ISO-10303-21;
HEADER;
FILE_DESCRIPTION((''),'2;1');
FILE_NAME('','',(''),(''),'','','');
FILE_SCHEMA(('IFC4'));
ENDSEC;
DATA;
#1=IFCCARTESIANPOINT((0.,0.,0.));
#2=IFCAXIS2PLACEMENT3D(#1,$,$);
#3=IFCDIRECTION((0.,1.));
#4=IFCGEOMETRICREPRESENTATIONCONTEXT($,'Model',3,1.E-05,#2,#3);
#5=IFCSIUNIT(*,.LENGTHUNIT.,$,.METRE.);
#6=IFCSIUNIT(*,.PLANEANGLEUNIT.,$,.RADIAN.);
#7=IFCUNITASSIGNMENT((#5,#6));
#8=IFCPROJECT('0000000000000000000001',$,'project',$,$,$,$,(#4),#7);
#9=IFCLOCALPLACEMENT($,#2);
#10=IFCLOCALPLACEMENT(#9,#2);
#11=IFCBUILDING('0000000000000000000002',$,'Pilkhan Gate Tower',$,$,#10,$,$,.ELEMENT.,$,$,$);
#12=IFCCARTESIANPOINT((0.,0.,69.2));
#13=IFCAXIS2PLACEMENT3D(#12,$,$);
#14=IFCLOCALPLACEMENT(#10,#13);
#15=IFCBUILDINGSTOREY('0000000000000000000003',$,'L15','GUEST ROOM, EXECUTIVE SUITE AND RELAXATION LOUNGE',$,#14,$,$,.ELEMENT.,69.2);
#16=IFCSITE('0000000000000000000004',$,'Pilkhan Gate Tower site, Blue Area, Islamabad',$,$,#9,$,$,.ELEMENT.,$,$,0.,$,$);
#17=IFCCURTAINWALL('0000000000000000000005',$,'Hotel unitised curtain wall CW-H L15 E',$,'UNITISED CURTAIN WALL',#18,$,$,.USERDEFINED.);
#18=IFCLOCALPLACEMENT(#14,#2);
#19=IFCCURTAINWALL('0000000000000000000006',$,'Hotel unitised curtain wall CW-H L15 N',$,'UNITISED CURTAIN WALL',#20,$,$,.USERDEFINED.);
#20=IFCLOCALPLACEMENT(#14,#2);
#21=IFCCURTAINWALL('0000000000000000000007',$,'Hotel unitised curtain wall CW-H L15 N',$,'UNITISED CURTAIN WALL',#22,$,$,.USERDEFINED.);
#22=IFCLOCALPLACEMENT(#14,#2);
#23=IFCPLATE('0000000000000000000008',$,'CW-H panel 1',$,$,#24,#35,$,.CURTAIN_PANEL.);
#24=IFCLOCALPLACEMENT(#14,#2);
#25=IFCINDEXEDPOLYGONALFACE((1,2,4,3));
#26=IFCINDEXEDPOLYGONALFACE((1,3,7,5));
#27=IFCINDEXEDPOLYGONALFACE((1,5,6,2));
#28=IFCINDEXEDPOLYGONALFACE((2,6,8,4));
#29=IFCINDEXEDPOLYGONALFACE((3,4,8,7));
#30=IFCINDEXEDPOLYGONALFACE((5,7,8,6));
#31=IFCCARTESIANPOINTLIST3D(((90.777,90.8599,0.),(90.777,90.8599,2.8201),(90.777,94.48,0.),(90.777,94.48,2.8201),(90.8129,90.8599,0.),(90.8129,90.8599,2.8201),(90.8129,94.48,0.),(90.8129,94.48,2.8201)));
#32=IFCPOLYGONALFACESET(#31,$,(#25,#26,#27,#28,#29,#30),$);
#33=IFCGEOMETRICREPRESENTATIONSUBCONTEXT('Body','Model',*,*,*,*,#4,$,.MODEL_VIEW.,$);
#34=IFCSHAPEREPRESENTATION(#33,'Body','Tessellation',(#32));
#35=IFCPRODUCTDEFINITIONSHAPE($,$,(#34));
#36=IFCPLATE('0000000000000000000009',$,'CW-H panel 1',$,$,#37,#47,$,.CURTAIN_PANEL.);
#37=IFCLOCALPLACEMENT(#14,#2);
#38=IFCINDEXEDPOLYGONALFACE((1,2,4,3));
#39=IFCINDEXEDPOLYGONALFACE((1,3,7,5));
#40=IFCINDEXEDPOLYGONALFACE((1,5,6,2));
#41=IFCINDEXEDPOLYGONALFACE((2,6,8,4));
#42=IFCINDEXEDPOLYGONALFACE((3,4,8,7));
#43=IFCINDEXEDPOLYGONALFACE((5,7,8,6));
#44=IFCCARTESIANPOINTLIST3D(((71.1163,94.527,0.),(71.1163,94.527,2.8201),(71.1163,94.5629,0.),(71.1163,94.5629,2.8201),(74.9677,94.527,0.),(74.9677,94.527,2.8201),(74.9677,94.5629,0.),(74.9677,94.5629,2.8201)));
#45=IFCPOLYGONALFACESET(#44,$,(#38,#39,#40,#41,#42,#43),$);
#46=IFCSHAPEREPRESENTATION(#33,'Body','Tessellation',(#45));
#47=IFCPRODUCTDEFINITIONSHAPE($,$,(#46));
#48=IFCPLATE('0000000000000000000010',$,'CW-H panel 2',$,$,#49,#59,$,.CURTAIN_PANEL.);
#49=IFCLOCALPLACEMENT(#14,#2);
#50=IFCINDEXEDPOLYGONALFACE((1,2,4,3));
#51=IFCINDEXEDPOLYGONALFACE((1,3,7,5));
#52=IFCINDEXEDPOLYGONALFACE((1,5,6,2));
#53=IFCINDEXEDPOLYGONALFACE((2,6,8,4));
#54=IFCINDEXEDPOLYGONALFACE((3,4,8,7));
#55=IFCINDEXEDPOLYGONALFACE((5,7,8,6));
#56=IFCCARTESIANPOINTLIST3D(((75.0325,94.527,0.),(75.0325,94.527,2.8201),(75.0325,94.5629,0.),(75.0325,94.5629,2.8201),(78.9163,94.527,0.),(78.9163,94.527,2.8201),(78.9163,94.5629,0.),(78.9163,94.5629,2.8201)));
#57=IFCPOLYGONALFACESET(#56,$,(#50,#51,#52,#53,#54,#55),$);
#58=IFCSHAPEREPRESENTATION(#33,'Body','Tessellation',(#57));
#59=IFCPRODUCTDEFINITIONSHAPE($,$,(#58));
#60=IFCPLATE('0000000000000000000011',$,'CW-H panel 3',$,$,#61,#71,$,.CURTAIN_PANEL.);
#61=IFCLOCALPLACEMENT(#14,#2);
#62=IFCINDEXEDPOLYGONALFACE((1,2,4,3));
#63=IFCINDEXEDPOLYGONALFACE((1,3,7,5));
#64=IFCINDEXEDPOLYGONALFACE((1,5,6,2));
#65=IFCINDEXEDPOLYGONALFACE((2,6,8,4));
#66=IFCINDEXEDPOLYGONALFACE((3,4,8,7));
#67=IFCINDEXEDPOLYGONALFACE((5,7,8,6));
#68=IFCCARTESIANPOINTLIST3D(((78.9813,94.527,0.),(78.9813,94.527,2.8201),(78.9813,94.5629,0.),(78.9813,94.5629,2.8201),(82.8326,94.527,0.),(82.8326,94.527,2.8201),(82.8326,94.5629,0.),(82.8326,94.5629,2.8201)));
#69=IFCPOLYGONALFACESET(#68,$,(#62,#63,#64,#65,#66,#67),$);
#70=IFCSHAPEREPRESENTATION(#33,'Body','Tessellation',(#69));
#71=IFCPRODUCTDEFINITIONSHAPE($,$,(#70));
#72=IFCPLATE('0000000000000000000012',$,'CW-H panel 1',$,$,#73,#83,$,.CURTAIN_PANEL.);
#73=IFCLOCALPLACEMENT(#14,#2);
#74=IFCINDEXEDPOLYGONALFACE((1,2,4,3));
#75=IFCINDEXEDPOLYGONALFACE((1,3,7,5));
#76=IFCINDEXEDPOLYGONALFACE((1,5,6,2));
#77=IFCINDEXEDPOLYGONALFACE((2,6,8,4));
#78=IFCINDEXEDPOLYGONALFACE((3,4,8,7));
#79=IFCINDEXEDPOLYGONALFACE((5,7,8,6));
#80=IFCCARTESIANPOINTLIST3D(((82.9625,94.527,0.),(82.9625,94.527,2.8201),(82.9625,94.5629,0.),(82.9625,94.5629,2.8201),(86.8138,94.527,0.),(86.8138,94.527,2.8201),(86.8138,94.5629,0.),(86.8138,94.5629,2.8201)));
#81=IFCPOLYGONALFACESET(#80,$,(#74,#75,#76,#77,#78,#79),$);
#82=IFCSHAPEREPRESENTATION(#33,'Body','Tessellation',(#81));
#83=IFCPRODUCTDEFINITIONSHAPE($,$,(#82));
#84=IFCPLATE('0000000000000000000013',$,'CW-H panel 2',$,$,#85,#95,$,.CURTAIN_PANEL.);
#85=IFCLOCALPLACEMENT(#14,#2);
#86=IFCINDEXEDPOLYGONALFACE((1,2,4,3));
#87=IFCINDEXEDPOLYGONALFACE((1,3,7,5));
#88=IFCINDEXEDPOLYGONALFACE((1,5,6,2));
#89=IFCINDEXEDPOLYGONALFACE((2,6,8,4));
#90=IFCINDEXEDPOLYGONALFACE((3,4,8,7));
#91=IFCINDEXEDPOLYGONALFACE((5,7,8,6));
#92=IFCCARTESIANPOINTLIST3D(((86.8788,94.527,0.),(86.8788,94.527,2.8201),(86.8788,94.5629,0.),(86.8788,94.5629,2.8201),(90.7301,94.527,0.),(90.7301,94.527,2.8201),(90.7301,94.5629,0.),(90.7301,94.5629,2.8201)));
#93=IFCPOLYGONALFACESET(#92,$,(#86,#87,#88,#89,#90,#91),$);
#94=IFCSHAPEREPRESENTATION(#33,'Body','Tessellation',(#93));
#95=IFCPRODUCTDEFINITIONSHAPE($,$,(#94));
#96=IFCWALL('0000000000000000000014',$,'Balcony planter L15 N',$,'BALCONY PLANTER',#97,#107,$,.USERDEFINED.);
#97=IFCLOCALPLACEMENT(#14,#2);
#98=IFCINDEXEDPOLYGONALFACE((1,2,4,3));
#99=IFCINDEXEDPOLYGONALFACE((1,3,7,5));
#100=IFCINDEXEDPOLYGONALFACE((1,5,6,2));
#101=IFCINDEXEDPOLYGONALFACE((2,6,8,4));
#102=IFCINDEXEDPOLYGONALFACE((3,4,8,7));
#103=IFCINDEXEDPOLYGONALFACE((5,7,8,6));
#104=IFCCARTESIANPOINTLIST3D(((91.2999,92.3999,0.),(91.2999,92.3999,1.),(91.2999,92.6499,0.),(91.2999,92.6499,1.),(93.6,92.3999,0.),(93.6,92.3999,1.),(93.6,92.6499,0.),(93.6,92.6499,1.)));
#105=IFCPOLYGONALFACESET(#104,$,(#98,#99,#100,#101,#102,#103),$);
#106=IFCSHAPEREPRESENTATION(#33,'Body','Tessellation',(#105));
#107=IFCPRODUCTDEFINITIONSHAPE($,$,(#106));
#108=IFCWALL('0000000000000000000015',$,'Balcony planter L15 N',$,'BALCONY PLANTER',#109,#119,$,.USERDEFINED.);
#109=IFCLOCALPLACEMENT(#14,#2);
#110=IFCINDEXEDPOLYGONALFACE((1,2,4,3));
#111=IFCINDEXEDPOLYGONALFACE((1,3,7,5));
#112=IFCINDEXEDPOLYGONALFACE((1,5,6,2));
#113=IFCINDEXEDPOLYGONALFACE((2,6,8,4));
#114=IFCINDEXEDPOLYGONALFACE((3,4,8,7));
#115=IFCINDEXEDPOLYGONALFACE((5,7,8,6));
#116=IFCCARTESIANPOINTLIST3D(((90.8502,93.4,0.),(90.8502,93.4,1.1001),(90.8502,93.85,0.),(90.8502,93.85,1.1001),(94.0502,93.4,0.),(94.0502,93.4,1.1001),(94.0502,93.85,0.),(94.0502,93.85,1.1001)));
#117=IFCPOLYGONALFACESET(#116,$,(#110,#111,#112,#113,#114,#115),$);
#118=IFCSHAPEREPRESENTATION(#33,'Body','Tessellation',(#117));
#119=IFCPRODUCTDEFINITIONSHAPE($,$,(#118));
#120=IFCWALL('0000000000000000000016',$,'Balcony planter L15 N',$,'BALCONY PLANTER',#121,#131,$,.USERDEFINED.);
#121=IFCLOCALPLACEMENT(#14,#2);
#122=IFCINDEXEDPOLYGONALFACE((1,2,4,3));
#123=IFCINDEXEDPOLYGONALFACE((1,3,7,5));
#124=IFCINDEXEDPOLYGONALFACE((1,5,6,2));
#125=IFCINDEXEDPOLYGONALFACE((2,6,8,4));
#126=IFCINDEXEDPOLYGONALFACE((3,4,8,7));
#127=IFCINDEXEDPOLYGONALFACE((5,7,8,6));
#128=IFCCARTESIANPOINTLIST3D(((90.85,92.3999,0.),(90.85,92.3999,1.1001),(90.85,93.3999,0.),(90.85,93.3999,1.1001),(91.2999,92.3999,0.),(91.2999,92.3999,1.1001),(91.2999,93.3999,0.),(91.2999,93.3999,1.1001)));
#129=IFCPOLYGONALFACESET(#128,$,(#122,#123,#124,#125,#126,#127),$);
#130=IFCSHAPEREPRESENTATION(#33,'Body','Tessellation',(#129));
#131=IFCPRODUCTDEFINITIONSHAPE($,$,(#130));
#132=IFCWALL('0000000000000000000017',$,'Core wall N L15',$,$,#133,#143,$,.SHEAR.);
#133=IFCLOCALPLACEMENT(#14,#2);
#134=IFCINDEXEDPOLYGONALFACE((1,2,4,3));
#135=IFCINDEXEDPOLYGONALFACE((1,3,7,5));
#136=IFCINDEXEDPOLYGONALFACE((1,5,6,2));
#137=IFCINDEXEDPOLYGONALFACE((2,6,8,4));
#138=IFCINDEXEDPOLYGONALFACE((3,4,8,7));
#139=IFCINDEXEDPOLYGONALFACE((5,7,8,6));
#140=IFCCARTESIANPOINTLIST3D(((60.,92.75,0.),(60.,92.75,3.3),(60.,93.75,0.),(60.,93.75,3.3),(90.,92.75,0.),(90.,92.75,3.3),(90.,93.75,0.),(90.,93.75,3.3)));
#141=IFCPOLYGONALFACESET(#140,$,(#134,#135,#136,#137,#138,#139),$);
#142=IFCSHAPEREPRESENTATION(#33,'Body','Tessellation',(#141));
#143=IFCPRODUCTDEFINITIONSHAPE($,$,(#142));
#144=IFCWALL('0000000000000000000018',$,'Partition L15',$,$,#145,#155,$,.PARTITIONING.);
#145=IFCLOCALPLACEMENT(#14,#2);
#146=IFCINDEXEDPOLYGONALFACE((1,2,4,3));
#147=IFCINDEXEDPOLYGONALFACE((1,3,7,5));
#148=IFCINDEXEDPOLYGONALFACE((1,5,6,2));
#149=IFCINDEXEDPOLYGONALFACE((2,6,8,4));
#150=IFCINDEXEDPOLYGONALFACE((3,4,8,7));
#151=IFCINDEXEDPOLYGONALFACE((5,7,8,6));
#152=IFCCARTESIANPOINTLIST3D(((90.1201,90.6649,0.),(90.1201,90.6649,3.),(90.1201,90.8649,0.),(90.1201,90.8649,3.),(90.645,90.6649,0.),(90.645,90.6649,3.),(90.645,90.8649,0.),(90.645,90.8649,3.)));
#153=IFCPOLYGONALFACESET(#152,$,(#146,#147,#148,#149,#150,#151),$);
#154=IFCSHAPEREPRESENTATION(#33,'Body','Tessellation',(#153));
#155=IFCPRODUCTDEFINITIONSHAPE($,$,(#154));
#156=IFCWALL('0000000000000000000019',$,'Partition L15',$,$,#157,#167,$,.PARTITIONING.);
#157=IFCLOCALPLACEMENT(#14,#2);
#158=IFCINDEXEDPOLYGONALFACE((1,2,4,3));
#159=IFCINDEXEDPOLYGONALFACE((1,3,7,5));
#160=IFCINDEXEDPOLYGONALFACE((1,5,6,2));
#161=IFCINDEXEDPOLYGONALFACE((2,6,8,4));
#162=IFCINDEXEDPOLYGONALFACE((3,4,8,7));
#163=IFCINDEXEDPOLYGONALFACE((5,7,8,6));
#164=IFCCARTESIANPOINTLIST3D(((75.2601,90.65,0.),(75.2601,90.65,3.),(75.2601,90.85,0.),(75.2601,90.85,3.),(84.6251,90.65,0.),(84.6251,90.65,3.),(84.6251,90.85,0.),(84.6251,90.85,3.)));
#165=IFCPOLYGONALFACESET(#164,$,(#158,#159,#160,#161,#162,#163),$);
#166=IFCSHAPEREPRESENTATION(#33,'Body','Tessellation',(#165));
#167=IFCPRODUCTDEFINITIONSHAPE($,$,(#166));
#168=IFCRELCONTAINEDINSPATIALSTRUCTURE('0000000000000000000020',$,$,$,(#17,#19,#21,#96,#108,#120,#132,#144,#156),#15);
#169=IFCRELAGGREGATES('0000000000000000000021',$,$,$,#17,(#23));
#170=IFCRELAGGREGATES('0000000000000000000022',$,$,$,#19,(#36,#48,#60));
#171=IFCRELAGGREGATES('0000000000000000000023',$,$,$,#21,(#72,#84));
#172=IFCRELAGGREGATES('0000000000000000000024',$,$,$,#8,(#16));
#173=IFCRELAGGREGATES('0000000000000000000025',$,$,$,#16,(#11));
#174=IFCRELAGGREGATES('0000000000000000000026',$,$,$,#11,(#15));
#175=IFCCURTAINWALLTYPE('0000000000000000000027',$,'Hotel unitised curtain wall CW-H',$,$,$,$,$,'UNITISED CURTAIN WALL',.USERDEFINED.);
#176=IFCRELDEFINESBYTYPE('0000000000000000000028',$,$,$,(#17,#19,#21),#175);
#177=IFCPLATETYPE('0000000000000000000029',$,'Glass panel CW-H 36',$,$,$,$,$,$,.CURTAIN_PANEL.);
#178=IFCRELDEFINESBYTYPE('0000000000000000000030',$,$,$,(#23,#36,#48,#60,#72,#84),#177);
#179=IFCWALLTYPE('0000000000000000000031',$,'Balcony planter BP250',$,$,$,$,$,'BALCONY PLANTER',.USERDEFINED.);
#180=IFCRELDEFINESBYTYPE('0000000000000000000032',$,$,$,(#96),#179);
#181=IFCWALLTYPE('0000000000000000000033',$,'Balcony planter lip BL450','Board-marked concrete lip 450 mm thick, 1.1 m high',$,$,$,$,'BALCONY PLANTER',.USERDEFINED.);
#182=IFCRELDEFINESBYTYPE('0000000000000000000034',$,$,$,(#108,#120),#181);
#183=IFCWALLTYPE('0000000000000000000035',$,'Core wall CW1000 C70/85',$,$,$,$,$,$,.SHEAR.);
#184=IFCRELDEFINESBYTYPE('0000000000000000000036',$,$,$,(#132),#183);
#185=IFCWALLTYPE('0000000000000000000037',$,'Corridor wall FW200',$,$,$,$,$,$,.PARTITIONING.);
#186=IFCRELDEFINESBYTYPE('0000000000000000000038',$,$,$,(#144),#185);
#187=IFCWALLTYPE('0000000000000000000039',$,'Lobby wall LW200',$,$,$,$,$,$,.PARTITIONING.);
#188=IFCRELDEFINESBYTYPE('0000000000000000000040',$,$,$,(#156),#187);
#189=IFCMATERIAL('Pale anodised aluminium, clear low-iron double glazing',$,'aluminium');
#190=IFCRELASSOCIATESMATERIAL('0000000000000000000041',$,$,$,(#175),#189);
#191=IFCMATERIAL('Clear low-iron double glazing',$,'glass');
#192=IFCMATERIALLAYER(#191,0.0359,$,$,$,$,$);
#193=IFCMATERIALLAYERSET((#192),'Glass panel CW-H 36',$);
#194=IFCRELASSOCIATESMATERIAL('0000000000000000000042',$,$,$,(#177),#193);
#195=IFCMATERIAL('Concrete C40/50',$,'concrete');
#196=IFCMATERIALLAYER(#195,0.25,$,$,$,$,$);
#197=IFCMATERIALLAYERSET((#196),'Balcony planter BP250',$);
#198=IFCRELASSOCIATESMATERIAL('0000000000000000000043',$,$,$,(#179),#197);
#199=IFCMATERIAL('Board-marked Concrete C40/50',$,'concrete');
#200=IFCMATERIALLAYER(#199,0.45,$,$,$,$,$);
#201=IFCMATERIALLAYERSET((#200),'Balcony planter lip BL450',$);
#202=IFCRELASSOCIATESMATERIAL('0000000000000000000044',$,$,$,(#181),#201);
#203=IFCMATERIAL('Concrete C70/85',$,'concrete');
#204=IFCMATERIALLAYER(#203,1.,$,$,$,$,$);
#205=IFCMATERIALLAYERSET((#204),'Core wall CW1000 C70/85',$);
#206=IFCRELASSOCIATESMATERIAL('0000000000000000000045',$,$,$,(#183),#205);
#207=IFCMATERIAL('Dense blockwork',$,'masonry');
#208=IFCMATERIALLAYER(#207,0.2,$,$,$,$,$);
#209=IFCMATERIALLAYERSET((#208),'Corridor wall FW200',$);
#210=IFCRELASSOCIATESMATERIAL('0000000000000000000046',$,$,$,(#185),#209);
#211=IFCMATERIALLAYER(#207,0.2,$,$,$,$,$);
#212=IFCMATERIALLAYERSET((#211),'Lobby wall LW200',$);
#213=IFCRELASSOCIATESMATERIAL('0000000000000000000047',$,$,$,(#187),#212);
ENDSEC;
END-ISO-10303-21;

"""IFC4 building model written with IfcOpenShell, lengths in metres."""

from ifc_helpers import new_model, si_unit, direction, frame, frame_2d, origin, origin_2d, place, context, subcontext, project, spatial, rectangle, extrude, material, layer, layer_set, type_object, element, aggregate, save


model = new_model("IFC4")

# Units and contexts
model_context = context("Model", 3, precision=1e-05, world=origin(), true_north=direction((0.0, 1.0)))
body_context = subcontext(model_context, "Body", "Model", "MODEL_VIEW")
ifc_project = project(units=[si_unit("LENGTHUNIT", "METRE"), si_unit("PLANEANGLEUNIT", "RADIAN")], contexts=[model_context])

# Site, building, storey
site_placement = place(None, origin())
site = spatial("IfcSite", under=ifc_project, at=site_placement, Name="Pilkhan Gate Tower site, Blue Area, Islamabad", CompositionType="ELEMENT", RefElevation=0.0)
building_placement = place(site_placement, origin())
building = spatial("IfcBuilding", under=site, at=building_placement, Name="Pilkhan Gate Tower", CompositionType="ELEMENT")
storey_placement = place(building_placement, frame((0.0, 0.0, 69.2)))
storey = spatial("IfcBuildingStorey", under=building, at=storey_placement, Name="L15", Description="GUEST ROOM, EXECUTIVE SUITE AND RELAXATION LOUNGE", CompositionType="ELEMENT", Elevation=69.2)

# Curtain walls
ifc_material_1 = material(Name="Pale anodised aluminium, clear low-iron double glazing", Category="aluminium")
curtain_wall_type = type_object("IfcCurtainWallType", Name="Hotel unitised curtain wall CW-H", ElementType="UNITISED CURTAIN WALL", PredefinedType="USERDEFINED", material=ifc_material_1)
curtain_wall_1_placement = place(storey_placement, origin())
curtain_wall_1 = element("IfcCurtainWall", 1, at=curtain_wall_1_placement, inside=storey, type_object=curtain_wall_type, Name="Hotel unitised curtain wall CW-H L15 E", ObjectType="UNITISED CURTAIN WALL", PredefinedType="USERDEFINED")
curtain_wall_2_placement = place(storey_placement, origin())
curtain_wall_2 = element("IfcCurtainWall", 2, at=curtain_wall_2_placement, inside=storey, type_object=curtain_wall_type, Name="Hotel unitised curtain wall CW-H L15 N", ObjectType="UNITISED CURTAIN WALL", PredefinedType="USERDEFINED")
curtain_wall_3_placement = place(storey_placement, origin())
curtain_wall_3 = element("IfcCurtainWall", 3, at=curtain_wall_3_placement, inside=storey, type_object=curtain_wall_type, Name="Hotel unitised curtain wall CW-H L15 N", ObjectType="UNITISED CURTAIN WALL", PredefinedType="USERDEFINED")

# Plates
ifc_material_2 = material(Name="Clear low-iron double glazing", Category="glass")
ifc_layer_1 = layer(ifc_material_2, 0.0359)
ifc_layer_set_1 = layer_set([ifc_layer_1], Name="Glass panel CW-H 36")
plate_type = type_object("IfcPlateType", Name="Glass panel CW-H 36", PredefinedType="CURTAIN_PANEL", material=ifc_layer_set_1)
plate_1_placement = place(storey_placement, frame((90.7949, 92.6699, 0.0), z_axis=(0.0, 0.0, 1.0), x_axis=(0.0, 1.0, 0.0)))
plate_1 = element("IfcPlate", 4, at=plate_1_placement, type_object=plate_type, Name="CW-H panel 1", PredefinedType="CURTAIN_PANEL", context=body_context, shape_type="SweptSolid", body=[
    extrude(rectangle(XDim=3.6201, YDim=0.0359, at=origin_2d()), origin(), (0.0, 0.0, 1.0), 2.8201),
])
aggregate(curtain_wall_1, [plate_1])
plate_2_placement = place(storey_placement, frame((73.042, 94.5449, 0.0), z_axis=(0.0, 0.0, 1.0), x_axis=(1.0, 0.0, 0.0)))
plate_2 = element("IfcPlate", 5, at=plate_2_placement, type_object=plate_type, Name="CW-H panel 1", PredefinedType="CURTAIN_PANEL", context=body_context, shape_type="SweptSolid", body=[
    extrude(rectangle(XDim=3.8513, YDim=0.0359, at=origin_2d()), origin(), (0.0, 0.0, 1.0), 2.8201),
])
plate_3_placement = place(storey_placement, frame((76.9744, 94.5449, 0.0), z_axis=(0.0, 0.0, 1.0), x_axis=(1.0, 0.0, 0.0)))
plate_3 = element("IfcPlate", 6, at=plate_3_placement, type_object=plate_type, Name="CW-H panel 2", PredefinedType="CURTAIN_PANEL", context=body_context, shape_type="SweptSolid", body=[
    extrude(rectangle(XDim=3.8838, YDim=0.0359, at=origin_2d()), origin(), (0.0, 0.0, 1.0), 2.8201),
])
plate_4_placement = place(storey_placement, frame((80.907, 94.5449, 0.0), z_axis=(0.0, 0.0, 1.0), x_axis=(1.0, 0.0, 0.0)))
plate_4 = element("IfcPlate", 7, at=plate_4_placement, type_object=plate_type, Name="CW-H panel 3", PredefinedType="CURTAIN_PANEL", context=body_context, shape_type="SweptSolid", body=[
    extrude(rectangle(XDim=3.8513, YDim=0.0359, at=origin_2d()), origin(), (0.0, 0.0, 1.0), 2.8201),
])
aggregate(curtain_wall_2, [plate_2, plate_3, plate_4])
plate_5_placement = place(storey_placement, frame((84.8882, 94.5449, 0.0), z_axis=(0.0, 0.0, 1.0), x_axis=(1.0, 0.0, 0.0)))
plate_5 = element("IfcPlate", 8, at=plate_5_placement, type_object=plate_type, Name="CW-H panel 1", PredefinedType="CURTAIN_PANEL", context=body_context, shape_type="SweptSolid", body=[
    extrude(rectangle(XDim=3.8513, YDim=0.0359, at=origin_2d()), origin(), (0.0, 0.0, 1.0), 2.8201),
])
plate_6_placement = place(storey_placement, frame((88.8044, 94.5449, 0.0), z_axis=(0.0, 0.0, 1.0), x_axis=(1.0, 0.0, 0.0)))
plate_6 = element("IfcPlate", 9, at=plate_6_placement, type_object=plate_type, Name="CW-H panel 2", PredefinedType="CURTAIN_PANEL", context=body_context, shape_type="SweptSolid", body=[
    extrude(rectangle(XDim=3.8513, YDim=0.0359, at=origin_2d()), origin(), (0.0, 0.0, 1.0), 2.8201),
])
aggregate(curtain_wall_3, [plate_5, plate_6])

# Walls
ifc_material_3 = material(Name="Concrete C40/50", Category="concrete")
ifc_layer_2 = layer(ifc_material_3, 0.25)
ifc_layer_set_2 = layer_set([ifc_layer_2], Name="Balcony planter BP250")
wall_type_1 = type_object("IfcWallType", Name="Balcony planter BP250", ElementType="BALCONY PLANTER", PredefinedType="USERDEFINED", material=ifc_layer_set_2)
wall_1_placement = place(storey_placement, frame((91.3, 92.5249, 0.0), z_axis=(0.0, 0.0, 1.0), x_axis=(1.0, 0.0, 0.0)))
element("IfcWall", 10, at=wall_1_placement, inside=storey, type_object=wall_type_1, Name="Balcony planter L15 N", ObjectType="BALCONY PLANTER", PredefinedType="USERDEFINED", context=body_context, shape_type="SweptSolid", body=[
    extrude(rectangle(XDim=2.3, YDim=0.25, at=frame_2d((1.1499, 0.0))), origin(), (0.0, 0.0, 1.0), 1.0),
])
ifc_material_4 = material(Name="Board-marked Concrete C40/50", Category="concrete")
ifc_layer_3 = layer(ifc_material_4, 0.45)
ifc_layer_set_3 = layer_set([ifc_layer_3], Name="Balcony planter lip BL450")
wall_type_2 = type_object("IfcWallType", Name="Balcony planter lip BL450", Description="Board-marked concrete lip 450 mm thick, 1.1 m high", ElementType="BALCONY PLANTER", PredefinedType="USERDEFINED", material=ifc_layer_set_3)
wall_2_placement = place(storey_placement, frame((90.8501, 93.625, 0.0), z_axis=(0.0, 0.0, 1.0), x_axis=(1.0, 0.0, 0.0)))
element("IfcWall", 11, at=wall_2_placement, inside=storey, type_object=wall_type_2, Name="Balcony planter L15 N", ObjectType="BALCONY PLANTER", PredefinedType="USERDEFINED", context=body_context, shape_type="SweptSolid", body=[
    extrude(rectangle(XDim=3.2, YDim=0.45, at=frame_2d((1.6001, 0.0))), origin(), (0.0, 0.0, 1.0), 1.1001),
])
wall_3_placement = place(storey_placement, frame((91.075, 92.3999, 0.0), z_axis=(0.0, 0.0, 1.0), x_axis=(0.0, 1.0, 0.0)))
element("IfcWall", 12, at=wall_3_placement, inside=storey, type_object=wall_type_2, Name="Balcony planter L15 N", ObjectType="BALCONY PLANTER", PredefinedType="USERDEFINED", context=body_context, shape_type="SweptSolid", body=[
    extrude(rectangle(XDim=1.0, YDim=0.45, at=frame_2d((0.5, 0.0))), origin(), (0.0, 0.0, 1.0), 1.1001),
])
ifc_material_5 = material(Name="Concrete C70/85", Category="concrete")
ifc_layer_4 = layer(ifc_material_5, 1.0)
ifc_layer_set_4 = layer_set([ifc_layer_4], Name="Core wall CW1000 C70/85")
wall_type_3 = type_object("IfcWallType", Name="Core wall CW1000 C70/85", PredefinedType="SHEAR", material=ifc_layer_set_4)
wall_4_placement = place(storey_placement, frame((90.0, 93.25, 0.0), z_axis=(0.0, 0.0, 1.0), x_axis=(-1.0, 0.0, 0.0)))
element("IfcWall", 13, at=wall_4_placement, inside=storey, type_object=wall_type_3, Name="Core wall N L15", PredefinedType="SHEAR", context=body_context, shape_type="SweptSolid", body=[
    extrude(rectangle(XDim=30.0, YDim=1.0, at=frame_2d((15.0, 0.0))), origin(), (0.0, 0.0, 1.0), 3.3),
])
ifc_material_6 = material(Name="Dense blockwork", Category="masonry")
ifc_layer_5 = layer(ifc_material_6, 0.2)
ifc_layer_set_5 = layer_set([ifc_layer_5], Name="Corridor wall FW200")
wall_type_4 = type_object("IfcWallType", Name="Corridor wall FW200", PredefinedType="PARTITIONING", material=ifc_layer_set_5)
wall_5_placement = place(storey_placement, frame((90.1201, 90.7649, 0.0), z_axis=(0.0, 0.0, 1.0), x_axis=(1.0, 0.0, 0.0)))
element("IfcWall", 14, at=wall_5_placement, inside=storey, type_object=wall_type_4, Name="Partition L15", PredefinedType="PARTITIONING", context=body_context, shape_type="SweptSolid", body=[
    extrude(rectangle(XDim=0.5249, YDim=0.2, at=frame_2d((0.2625, 0.0))), origin(), (0.0, 0.0, 1.0), 3.0),
])

# Wall
ifc_layer_6 = layer(ifc_material_6, 0.2)
ifc_layer_set_6 = layer_set([ifc_layer_6], Name="Lobby wall LW200")
wall_type_5 = type_object("IfcWallType", Name="Lobby wall LW200", PredefinedType="PARTITIONING", material=ifc_layer_set_6)
wall_6_placement = place(storey_placement, frame((75.26, 90.75, 0.0), z_axis=(0.0, 0.0, 1.0), x_axis=(1.0, 0.0, 0.0)))
element("IfcWall", 15, at=wall_6_placement, inside=storey, type_object=wall_type_5, Name="Partition L15", PredefinedType="PARTITIONING", context=body_context, shape_type="SweptSolid", body=[
    extrude(rectangle(XDim=9.365, YDim=0.2, at=frame_2d((4.6826, 0.0))), origin(), (0.0, 0.0, 1.0), 3.0),
])

save(model, "model.ifc")
